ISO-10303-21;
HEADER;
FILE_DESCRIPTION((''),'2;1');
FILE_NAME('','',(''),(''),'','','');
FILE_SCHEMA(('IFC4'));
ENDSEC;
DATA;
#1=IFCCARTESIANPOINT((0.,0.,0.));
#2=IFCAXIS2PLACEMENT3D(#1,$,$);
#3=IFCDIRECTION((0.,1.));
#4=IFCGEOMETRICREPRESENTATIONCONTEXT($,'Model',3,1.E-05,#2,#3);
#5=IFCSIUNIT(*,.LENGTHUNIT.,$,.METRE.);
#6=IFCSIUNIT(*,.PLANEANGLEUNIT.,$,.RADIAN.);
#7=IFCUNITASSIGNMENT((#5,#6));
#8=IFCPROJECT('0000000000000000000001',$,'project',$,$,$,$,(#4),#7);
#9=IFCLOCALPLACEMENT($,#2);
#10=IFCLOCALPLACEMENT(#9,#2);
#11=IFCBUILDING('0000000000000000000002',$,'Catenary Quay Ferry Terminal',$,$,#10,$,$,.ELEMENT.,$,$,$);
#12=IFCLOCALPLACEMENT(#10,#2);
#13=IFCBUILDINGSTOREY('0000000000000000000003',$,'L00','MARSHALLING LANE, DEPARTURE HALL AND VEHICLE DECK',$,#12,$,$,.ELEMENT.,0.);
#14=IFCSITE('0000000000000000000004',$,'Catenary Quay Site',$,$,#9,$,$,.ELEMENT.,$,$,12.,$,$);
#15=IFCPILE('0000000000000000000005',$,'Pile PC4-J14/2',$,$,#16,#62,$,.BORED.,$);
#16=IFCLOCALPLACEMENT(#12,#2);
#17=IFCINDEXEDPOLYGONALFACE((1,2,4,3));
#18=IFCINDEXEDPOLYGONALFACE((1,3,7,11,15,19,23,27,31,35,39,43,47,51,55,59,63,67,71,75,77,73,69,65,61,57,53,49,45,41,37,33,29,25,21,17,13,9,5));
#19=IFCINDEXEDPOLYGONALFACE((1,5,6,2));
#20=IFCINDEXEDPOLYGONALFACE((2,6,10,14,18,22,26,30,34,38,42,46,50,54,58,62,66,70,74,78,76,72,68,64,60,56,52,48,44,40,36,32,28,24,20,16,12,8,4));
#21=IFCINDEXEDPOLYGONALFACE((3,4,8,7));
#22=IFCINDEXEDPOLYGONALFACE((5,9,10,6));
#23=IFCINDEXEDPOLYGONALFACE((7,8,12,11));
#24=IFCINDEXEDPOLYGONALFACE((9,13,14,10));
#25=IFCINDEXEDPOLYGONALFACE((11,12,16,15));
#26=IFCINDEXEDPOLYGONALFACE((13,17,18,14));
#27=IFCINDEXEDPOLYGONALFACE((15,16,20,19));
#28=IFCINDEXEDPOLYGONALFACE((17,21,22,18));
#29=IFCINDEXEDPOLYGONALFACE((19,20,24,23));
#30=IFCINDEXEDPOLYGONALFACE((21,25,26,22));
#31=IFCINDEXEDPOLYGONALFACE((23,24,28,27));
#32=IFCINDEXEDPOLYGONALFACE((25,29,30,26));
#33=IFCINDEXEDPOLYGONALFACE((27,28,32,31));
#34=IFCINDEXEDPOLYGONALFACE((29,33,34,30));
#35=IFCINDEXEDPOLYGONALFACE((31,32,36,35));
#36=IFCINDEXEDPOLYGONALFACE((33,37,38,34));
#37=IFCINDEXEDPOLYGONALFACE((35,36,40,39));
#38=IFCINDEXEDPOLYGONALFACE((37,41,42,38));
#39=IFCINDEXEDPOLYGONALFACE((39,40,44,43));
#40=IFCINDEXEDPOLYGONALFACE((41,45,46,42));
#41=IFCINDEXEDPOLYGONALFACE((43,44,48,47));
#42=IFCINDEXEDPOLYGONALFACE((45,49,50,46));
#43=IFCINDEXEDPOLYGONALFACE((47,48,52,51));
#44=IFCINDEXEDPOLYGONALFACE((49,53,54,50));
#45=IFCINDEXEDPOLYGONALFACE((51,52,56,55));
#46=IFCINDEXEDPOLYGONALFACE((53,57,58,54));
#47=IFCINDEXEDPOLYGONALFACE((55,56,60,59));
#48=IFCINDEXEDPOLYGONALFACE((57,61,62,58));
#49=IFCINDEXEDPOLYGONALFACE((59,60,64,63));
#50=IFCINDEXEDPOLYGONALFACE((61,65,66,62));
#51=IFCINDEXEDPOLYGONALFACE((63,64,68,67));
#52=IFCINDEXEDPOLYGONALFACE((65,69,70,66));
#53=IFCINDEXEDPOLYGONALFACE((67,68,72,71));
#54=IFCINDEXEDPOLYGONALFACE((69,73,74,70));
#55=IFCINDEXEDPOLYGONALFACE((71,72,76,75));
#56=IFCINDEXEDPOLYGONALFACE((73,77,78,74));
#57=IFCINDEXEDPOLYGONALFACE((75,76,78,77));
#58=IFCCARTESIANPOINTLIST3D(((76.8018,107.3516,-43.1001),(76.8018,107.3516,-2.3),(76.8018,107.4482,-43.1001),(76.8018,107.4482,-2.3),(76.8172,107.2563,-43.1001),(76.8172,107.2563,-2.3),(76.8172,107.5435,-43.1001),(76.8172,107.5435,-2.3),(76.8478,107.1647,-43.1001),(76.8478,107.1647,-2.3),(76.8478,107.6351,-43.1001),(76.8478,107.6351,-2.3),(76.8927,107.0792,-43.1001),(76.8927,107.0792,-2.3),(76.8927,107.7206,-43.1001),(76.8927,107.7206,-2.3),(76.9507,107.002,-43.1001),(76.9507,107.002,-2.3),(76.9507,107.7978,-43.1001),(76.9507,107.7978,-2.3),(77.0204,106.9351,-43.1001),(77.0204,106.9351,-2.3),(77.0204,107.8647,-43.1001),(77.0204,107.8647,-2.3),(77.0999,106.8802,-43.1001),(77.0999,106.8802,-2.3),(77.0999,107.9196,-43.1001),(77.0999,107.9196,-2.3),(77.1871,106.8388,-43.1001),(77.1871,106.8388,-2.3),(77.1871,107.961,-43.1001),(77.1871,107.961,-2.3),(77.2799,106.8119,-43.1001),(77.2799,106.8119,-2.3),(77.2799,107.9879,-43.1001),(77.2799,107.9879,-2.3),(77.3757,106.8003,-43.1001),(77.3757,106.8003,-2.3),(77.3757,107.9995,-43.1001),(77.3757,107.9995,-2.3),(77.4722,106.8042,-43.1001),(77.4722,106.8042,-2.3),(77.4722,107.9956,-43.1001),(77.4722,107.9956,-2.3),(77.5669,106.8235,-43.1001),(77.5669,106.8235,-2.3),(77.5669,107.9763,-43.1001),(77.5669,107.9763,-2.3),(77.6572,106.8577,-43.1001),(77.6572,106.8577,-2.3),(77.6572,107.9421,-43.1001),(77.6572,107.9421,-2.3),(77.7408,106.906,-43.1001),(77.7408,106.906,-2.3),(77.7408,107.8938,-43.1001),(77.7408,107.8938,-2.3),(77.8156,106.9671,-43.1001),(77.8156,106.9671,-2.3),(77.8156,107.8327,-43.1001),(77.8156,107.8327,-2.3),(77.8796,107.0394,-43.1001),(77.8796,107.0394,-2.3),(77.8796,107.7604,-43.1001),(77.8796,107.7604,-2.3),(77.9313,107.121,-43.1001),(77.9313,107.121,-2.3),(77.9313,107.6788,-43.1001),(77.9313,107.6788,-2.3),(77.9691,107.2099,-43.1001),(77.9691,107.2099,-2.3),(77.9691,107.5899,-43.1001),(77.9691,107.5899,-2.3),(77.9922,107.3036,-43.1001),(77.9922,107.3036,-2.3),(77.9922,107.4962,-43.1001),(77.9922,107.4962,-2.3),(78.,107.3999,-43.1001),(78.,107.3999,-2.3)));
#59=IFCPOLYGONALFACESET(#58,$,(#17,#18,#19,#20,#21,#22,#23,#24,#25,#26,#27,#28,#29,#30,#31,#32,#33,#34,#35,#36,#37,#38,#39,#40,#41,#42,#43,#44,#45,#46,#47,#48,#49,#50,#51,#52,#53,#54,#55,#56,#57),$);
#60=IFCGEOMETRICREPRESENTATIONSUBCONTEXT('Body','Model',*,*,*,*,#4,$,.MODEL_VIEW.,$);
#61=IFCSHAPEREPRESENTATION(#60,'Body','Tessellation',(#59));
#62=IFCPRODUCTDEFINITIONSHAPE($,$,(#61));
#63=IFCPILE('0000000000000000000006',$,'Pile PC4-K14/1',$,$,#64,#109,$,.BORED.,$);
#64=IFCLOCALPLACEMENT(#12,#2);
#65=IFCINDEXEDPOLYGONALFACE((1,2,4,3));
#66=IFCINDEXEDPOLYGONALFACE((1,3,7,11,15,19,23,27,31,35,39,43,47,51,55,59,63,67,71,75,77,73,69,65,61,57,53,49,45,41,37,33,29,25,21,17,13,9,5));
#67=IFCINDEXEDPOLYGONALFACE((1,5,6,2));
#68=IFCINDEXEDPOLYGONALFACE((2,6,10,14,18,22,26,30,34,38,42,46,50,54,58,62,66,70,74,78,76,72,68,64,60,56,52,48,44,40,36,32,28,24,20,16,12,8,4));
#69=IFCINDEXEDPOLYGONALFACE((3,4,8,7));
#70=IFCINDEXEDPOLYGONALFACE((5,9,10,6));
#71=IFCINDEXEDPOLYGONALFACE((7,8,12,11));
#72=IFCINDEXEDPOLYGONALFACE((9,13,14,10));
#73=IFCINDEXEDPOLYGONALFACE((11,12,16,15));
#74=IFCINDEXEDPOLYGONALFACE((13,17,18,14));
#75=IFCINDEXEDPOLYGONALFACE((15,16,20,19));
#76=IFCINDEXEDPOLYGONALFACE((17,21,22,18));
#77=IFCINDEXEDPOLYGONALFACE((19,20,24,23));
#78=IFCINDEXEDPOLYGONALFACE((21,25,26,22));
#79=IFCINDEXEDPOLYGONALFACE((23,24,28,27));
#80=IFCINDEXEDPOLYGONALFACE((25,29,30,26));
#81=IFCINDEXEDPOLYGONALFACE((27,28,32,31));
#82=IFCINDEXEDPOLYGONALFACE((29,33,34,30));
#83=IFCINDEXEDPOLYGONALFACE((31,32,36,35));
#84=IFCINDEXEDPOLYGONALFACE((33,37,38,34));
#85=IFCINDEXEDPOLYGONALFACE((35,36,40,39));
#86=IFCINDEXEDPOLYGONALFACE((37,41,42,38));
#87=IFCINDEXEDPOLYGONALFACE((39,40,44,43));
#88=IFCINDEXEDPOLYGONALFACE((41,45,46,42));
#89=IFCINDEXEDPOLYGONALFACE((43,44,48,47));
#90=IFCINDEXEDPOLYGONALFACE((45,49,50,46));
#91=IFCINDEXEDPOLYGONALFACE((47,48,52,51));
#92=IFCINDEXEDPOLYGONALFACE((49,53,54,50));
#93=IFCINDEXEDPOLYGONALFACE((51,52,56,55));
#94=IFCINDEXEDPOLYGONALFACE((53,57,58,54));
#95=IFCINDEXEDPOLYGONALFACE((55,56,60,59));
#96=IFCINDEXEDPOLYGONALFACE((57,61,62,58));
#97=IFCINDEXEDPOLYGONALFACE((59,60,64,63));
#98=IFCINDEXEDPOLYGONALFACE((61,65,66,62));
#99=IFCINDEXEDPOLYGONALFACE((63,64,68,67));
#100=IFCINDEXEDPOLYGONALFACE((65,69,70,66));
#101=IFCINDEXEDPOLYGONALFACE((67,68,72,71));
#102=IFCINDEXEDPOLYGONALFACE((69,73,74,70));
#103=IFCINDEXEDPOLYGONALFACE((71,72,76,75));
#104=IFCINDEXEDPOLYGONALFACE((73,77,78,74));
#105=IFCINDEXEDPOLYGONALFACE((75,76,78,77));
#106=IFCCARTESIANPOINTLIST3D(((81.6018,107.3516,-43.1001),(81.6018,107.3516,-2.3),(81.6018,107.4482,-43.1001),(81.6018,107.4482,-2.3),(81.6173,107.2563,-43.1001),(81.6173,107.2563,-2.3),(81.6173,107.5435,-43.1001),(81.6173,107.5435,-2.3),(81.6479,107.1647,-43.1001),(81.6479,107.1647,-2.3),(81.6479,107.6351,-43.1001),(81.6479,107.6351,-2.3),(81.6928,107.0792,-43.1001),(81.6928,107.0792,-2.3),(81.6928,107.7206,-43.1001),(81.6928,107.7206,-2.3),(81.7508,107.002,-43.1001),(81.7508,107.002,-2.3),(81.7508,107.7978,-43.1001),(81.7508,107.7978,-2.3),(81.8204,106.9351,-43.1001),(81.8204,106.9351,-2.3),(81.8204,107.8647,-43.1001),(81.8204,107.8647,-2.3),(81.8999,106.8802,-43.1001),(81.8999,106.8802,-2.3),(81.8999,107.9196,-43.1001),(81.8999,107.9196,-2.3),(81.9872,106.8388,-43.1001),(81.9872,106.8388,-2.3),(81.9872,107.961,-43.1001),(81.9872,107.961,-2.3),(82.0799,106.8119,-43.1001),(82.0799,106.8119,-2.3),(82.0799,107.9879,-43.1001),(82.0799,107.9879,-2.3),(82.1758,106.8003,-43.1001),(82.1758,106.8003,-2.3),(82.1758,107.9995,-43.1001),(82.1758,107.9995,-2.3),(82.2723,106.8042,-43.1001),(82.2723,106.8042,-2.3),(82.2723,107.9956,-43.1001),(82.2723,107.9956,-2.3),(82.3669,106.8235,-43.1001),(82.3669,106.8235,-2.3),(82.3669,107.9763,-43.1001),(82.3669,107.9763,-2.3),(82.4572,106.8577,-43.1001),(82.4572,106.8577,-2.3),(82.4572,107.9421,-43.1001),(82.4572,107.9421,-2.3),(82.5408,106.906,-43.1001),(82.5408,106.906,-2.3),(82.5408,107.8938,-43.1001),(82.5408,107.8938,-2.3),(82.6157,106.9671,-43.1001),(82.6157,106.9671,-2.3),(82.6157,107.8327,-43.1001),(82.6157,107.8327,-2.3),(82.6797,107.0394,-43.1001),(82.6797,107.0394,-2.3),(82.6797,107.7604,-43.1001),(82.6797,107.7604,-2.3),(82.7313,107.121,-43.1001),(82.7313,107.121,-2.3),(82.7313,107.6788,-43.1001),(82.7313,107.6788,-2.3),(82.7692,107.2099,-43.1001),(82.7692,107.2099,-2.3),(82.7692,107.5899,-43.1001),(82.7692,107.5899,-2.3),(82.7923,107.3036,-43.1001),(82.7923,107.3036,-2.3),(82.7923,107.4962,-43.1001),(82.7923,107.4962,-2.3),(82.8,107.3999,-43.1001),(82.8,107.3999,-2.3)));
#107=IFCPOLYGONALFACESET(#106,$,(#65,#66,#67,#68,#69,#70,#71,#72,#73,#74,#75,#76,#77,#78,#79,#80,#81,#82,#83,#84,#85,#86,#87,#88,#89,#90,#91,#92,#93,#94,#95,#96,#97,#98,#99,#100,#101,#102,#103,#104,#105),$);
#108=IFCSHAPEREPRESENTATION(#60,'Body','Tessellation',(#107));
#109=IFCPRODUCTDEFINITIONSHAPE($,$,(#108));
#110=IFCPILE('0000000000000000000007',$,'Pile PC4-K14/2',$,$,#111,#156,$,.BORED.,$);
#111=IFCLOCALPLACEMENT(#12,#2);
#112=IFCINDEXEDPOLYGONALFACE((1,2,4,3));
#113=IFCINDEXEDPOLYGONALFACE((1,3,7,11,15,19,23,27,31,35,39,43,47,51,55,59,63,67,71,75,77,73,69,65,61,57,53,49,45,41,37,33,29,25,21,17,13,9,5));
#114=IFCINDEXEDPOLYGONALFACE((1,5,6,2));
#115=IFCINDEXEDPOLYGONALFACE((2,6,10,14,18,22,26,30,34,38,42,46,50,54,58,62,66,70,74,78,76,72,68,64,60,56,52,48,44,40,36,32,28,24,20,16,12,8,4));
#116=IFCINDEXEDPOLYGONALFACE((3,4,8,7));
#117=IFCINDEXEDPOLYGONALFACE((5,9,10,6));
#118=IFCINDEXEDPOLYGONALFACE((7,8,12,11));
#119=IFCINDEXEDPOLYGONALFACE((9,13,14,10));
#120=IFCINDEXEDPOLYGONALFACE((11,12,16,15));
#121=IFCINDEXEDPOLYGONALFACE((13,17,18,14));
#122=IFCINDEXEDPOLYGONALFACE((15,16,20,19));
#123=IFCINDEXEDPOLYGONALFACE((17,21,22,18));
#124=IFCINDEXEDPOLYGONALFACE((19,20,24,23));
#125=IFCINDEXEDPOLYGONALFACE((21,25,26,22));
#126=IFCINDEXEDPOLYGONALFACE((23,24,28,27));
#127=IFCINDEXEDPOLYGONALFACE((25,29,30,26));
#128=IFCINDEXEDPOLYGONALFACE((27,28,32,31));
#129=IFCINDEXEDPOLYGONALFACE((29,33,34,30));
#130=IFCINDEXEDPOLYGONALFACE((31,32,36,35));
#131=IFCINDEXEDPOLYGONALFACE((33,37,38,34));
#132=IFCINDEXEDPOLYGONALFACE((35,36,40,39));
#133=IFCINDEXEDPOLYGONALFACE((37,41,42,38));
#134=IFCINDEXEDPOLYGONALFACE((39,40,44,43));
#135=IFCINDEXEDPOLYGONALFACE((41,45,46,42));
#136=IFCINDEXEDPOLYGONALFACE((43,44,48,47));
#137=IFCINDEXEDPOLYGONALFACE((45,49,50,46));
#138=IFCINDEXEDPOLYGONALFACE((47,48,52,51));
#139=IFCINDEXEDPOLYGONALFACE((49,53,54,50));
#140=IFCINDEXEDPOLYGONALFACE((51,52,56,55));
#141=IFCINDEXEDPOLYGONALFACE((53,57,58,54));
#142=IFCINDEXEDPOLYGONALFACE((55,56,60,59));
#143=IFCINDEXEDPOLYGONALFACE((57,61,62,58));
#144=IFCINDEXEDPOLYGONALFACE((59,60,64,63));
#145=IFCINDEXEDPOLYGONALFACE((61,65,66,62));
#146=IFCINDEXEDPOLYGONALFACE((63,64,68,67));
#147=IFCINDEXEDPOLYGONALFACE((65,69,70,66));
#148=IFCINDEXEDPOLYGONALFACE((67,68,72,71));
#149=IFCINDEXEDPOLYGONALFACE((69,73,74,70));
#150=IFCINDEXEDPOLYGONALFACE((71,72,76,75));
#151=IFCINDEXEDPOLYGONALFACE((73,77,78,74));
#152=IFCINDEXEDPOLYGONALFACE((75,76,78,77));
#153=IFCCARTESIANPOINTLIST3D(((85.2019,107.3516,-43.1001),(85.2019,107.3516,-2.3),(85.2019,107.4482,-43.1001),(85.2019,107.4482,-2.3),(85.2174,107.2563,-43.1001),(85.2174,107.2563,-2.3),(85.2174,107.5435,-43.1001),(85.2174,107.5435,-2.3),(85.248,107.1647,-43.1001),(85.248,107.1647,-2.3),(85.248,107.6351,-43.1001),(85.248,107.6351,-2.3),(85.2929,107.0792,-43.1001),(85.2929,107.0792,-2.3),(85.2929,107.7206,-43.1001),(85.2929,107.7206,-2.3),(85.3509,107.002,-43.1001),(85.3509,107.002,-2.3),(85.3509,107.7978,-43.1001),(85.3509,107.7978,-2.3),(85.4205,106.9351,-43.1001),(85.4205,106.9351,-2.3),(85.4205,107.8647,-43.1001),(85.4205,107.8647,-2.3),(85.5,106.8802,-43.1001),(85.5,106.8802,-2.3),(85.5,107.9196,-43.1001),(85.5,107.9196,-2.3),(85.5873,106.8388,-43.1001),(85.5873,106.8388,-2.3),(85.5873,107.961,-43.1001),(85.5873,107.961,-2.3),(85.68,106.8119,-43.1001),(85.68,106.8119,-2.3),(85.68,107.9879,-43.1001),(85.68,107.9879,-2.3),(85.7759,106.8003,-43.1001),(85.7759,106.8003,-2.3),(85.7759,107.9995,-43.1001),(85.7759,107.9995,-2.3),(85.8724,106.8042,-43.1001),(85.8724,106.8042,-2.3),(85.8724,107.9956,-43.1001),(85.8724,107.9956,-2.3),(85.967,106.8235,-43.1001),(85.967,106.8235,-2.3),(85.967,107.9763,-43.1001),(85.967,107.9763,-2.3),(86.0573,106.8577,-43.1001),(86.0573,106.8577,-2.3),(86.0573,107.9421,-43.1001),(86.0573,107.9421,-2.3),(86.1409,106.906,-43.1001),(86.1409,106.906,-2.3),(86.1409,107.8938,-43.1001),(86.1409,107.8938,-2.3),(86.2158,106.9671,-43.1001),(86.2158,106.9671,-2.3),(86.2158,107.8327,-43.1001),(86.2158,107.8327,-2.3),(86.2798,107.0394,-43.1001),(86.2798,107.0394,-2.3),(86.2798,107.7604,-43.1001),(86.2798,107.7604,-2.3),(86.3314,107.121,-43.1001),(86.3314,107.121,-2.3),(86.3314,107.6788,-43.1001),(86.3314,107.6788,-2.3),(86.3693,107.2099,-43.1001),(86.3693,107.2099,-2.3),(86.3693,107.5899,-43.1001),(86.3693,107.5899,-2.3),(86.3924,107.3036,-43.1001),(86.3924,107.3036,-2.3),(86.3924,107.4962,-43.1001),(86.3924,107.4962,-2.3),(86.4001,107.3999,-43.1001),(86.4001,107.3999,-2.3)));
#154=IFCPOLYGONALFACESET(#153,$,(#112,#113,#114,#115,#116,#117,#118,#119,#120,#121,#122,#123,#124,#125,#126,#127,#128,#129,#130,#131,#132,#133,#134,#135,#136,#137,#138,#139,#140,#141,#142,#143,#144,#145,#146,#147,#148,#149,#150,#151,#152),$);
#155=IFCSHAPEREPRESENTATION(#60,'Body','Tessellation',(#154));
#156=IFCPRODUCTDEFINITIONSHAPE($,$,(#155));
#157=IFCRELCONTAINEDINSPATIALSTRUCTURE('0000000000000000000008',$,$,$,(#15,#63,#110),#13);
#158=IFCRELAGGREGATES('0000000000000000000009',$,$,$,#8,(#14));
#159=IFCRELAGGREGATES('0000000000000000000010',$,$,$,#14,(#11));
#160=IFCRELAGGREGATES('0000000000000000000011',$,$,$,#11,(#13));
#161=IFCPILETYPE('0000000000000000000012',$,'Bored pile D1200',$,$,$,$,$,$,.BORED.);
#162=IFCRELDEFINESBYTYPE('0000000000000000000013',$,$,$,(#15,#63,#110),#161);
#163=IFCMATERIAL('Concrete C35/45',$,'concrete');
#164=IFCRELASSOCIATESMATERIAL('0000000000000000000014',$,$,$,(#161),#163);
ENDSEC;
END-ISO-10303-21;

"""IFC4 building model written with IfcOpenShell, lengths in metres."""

from ifc_helpers import new_model, si_unit, direction, frame, origin, origin_2d, place, context, subcontext, project, spatial, circle, extrude, material, material_profile, profile_set, type_object, element, save


model = new_model("IFC4")

# Units and contexts
model_context = context("Model", 3, precision=1e-05, world=origin(), true_north=direction((0.0, 1.0)))
body_context = subcontext(model_context, "Body", "Model", "MODEL_VIEW")
ifc_project = project(units=[si_unit("LENGTHUNIT", "METRE"), si_unit("PLANEANGLEUNIT", "RADIAN")], contexts=[model_context])

# Site, building, storey
site_placement = place(None, origin())
site = spatial("IfcSite", under=ifc_project, at=site_placement, Name="Catenary Quay Site", CompositionType="ELEMENT", RefElevation=12.0)
building_placement = place(site_placement, origin())
building = spatial("IfcBuilding", under=site, at=building_placement, Name="Catenary Quay Ferry Terminal", CompositionType="ELEMENT")
storey_placement = place(building_placement, origin())
storey = spatial("IfcBuildingStorey", under=building, at=storey_placement, Name="L00", Description="MARSHALLING LANE, DEPARTURE HALL AND VEHICLE DECK", CompositionType="ELEMENT", Elevation=0.0)

# Piles
ifc_material_1 = material(Name="Concrete C35/45", Category="concrete")
ifc_material_profile_1 = material_profile(ifc_material_1, circle(Radius=0.6001, at=origin_2d()), Name="D1200")
ifc_profile_set_1 = profile_set([ifc_material_profile_1], Name="Concrete C35/45")
pile_type = type_object("IfcPileType", Name="Bored pile D1200", PredefinedType="BORED", material=ifc_profile_set_1)
for number, where, z_axis, x_axis, name in (
    (1, (77.3999, 107.3999, -2.3), (0.0, 0.0, -1.0), (1.0, 0.0, 0.0), "Pile PC4-J14/2"),
    (2, (82.2, 107.3999, -2.3), (0.0, 0.0, -1.0), (1.0, 0.0, 0.0), "Pile PC4-K14/1"),
    (3, (85.8, 107.3999, -2.3), (0.0, 0.0, -1.0), (1.0, 0.0, 0.0), "Pile PC4-K14/2"),
):
    element("IfcPile", number, at=place(storey_placement, frame(where, z_axis=z_axis, x_axis=x_axis)), inside=storey, type_object=pile_type, Name=name, PredefinedType="BORED", context=body_context, shape_type="SweptSolid", body=[
        extrude(circle(Radius=0.6001, at=origin_2d()), origin(), (0.0, 0.0, 1.0), 40.8),
    ])

save(model, "model.ifc")
